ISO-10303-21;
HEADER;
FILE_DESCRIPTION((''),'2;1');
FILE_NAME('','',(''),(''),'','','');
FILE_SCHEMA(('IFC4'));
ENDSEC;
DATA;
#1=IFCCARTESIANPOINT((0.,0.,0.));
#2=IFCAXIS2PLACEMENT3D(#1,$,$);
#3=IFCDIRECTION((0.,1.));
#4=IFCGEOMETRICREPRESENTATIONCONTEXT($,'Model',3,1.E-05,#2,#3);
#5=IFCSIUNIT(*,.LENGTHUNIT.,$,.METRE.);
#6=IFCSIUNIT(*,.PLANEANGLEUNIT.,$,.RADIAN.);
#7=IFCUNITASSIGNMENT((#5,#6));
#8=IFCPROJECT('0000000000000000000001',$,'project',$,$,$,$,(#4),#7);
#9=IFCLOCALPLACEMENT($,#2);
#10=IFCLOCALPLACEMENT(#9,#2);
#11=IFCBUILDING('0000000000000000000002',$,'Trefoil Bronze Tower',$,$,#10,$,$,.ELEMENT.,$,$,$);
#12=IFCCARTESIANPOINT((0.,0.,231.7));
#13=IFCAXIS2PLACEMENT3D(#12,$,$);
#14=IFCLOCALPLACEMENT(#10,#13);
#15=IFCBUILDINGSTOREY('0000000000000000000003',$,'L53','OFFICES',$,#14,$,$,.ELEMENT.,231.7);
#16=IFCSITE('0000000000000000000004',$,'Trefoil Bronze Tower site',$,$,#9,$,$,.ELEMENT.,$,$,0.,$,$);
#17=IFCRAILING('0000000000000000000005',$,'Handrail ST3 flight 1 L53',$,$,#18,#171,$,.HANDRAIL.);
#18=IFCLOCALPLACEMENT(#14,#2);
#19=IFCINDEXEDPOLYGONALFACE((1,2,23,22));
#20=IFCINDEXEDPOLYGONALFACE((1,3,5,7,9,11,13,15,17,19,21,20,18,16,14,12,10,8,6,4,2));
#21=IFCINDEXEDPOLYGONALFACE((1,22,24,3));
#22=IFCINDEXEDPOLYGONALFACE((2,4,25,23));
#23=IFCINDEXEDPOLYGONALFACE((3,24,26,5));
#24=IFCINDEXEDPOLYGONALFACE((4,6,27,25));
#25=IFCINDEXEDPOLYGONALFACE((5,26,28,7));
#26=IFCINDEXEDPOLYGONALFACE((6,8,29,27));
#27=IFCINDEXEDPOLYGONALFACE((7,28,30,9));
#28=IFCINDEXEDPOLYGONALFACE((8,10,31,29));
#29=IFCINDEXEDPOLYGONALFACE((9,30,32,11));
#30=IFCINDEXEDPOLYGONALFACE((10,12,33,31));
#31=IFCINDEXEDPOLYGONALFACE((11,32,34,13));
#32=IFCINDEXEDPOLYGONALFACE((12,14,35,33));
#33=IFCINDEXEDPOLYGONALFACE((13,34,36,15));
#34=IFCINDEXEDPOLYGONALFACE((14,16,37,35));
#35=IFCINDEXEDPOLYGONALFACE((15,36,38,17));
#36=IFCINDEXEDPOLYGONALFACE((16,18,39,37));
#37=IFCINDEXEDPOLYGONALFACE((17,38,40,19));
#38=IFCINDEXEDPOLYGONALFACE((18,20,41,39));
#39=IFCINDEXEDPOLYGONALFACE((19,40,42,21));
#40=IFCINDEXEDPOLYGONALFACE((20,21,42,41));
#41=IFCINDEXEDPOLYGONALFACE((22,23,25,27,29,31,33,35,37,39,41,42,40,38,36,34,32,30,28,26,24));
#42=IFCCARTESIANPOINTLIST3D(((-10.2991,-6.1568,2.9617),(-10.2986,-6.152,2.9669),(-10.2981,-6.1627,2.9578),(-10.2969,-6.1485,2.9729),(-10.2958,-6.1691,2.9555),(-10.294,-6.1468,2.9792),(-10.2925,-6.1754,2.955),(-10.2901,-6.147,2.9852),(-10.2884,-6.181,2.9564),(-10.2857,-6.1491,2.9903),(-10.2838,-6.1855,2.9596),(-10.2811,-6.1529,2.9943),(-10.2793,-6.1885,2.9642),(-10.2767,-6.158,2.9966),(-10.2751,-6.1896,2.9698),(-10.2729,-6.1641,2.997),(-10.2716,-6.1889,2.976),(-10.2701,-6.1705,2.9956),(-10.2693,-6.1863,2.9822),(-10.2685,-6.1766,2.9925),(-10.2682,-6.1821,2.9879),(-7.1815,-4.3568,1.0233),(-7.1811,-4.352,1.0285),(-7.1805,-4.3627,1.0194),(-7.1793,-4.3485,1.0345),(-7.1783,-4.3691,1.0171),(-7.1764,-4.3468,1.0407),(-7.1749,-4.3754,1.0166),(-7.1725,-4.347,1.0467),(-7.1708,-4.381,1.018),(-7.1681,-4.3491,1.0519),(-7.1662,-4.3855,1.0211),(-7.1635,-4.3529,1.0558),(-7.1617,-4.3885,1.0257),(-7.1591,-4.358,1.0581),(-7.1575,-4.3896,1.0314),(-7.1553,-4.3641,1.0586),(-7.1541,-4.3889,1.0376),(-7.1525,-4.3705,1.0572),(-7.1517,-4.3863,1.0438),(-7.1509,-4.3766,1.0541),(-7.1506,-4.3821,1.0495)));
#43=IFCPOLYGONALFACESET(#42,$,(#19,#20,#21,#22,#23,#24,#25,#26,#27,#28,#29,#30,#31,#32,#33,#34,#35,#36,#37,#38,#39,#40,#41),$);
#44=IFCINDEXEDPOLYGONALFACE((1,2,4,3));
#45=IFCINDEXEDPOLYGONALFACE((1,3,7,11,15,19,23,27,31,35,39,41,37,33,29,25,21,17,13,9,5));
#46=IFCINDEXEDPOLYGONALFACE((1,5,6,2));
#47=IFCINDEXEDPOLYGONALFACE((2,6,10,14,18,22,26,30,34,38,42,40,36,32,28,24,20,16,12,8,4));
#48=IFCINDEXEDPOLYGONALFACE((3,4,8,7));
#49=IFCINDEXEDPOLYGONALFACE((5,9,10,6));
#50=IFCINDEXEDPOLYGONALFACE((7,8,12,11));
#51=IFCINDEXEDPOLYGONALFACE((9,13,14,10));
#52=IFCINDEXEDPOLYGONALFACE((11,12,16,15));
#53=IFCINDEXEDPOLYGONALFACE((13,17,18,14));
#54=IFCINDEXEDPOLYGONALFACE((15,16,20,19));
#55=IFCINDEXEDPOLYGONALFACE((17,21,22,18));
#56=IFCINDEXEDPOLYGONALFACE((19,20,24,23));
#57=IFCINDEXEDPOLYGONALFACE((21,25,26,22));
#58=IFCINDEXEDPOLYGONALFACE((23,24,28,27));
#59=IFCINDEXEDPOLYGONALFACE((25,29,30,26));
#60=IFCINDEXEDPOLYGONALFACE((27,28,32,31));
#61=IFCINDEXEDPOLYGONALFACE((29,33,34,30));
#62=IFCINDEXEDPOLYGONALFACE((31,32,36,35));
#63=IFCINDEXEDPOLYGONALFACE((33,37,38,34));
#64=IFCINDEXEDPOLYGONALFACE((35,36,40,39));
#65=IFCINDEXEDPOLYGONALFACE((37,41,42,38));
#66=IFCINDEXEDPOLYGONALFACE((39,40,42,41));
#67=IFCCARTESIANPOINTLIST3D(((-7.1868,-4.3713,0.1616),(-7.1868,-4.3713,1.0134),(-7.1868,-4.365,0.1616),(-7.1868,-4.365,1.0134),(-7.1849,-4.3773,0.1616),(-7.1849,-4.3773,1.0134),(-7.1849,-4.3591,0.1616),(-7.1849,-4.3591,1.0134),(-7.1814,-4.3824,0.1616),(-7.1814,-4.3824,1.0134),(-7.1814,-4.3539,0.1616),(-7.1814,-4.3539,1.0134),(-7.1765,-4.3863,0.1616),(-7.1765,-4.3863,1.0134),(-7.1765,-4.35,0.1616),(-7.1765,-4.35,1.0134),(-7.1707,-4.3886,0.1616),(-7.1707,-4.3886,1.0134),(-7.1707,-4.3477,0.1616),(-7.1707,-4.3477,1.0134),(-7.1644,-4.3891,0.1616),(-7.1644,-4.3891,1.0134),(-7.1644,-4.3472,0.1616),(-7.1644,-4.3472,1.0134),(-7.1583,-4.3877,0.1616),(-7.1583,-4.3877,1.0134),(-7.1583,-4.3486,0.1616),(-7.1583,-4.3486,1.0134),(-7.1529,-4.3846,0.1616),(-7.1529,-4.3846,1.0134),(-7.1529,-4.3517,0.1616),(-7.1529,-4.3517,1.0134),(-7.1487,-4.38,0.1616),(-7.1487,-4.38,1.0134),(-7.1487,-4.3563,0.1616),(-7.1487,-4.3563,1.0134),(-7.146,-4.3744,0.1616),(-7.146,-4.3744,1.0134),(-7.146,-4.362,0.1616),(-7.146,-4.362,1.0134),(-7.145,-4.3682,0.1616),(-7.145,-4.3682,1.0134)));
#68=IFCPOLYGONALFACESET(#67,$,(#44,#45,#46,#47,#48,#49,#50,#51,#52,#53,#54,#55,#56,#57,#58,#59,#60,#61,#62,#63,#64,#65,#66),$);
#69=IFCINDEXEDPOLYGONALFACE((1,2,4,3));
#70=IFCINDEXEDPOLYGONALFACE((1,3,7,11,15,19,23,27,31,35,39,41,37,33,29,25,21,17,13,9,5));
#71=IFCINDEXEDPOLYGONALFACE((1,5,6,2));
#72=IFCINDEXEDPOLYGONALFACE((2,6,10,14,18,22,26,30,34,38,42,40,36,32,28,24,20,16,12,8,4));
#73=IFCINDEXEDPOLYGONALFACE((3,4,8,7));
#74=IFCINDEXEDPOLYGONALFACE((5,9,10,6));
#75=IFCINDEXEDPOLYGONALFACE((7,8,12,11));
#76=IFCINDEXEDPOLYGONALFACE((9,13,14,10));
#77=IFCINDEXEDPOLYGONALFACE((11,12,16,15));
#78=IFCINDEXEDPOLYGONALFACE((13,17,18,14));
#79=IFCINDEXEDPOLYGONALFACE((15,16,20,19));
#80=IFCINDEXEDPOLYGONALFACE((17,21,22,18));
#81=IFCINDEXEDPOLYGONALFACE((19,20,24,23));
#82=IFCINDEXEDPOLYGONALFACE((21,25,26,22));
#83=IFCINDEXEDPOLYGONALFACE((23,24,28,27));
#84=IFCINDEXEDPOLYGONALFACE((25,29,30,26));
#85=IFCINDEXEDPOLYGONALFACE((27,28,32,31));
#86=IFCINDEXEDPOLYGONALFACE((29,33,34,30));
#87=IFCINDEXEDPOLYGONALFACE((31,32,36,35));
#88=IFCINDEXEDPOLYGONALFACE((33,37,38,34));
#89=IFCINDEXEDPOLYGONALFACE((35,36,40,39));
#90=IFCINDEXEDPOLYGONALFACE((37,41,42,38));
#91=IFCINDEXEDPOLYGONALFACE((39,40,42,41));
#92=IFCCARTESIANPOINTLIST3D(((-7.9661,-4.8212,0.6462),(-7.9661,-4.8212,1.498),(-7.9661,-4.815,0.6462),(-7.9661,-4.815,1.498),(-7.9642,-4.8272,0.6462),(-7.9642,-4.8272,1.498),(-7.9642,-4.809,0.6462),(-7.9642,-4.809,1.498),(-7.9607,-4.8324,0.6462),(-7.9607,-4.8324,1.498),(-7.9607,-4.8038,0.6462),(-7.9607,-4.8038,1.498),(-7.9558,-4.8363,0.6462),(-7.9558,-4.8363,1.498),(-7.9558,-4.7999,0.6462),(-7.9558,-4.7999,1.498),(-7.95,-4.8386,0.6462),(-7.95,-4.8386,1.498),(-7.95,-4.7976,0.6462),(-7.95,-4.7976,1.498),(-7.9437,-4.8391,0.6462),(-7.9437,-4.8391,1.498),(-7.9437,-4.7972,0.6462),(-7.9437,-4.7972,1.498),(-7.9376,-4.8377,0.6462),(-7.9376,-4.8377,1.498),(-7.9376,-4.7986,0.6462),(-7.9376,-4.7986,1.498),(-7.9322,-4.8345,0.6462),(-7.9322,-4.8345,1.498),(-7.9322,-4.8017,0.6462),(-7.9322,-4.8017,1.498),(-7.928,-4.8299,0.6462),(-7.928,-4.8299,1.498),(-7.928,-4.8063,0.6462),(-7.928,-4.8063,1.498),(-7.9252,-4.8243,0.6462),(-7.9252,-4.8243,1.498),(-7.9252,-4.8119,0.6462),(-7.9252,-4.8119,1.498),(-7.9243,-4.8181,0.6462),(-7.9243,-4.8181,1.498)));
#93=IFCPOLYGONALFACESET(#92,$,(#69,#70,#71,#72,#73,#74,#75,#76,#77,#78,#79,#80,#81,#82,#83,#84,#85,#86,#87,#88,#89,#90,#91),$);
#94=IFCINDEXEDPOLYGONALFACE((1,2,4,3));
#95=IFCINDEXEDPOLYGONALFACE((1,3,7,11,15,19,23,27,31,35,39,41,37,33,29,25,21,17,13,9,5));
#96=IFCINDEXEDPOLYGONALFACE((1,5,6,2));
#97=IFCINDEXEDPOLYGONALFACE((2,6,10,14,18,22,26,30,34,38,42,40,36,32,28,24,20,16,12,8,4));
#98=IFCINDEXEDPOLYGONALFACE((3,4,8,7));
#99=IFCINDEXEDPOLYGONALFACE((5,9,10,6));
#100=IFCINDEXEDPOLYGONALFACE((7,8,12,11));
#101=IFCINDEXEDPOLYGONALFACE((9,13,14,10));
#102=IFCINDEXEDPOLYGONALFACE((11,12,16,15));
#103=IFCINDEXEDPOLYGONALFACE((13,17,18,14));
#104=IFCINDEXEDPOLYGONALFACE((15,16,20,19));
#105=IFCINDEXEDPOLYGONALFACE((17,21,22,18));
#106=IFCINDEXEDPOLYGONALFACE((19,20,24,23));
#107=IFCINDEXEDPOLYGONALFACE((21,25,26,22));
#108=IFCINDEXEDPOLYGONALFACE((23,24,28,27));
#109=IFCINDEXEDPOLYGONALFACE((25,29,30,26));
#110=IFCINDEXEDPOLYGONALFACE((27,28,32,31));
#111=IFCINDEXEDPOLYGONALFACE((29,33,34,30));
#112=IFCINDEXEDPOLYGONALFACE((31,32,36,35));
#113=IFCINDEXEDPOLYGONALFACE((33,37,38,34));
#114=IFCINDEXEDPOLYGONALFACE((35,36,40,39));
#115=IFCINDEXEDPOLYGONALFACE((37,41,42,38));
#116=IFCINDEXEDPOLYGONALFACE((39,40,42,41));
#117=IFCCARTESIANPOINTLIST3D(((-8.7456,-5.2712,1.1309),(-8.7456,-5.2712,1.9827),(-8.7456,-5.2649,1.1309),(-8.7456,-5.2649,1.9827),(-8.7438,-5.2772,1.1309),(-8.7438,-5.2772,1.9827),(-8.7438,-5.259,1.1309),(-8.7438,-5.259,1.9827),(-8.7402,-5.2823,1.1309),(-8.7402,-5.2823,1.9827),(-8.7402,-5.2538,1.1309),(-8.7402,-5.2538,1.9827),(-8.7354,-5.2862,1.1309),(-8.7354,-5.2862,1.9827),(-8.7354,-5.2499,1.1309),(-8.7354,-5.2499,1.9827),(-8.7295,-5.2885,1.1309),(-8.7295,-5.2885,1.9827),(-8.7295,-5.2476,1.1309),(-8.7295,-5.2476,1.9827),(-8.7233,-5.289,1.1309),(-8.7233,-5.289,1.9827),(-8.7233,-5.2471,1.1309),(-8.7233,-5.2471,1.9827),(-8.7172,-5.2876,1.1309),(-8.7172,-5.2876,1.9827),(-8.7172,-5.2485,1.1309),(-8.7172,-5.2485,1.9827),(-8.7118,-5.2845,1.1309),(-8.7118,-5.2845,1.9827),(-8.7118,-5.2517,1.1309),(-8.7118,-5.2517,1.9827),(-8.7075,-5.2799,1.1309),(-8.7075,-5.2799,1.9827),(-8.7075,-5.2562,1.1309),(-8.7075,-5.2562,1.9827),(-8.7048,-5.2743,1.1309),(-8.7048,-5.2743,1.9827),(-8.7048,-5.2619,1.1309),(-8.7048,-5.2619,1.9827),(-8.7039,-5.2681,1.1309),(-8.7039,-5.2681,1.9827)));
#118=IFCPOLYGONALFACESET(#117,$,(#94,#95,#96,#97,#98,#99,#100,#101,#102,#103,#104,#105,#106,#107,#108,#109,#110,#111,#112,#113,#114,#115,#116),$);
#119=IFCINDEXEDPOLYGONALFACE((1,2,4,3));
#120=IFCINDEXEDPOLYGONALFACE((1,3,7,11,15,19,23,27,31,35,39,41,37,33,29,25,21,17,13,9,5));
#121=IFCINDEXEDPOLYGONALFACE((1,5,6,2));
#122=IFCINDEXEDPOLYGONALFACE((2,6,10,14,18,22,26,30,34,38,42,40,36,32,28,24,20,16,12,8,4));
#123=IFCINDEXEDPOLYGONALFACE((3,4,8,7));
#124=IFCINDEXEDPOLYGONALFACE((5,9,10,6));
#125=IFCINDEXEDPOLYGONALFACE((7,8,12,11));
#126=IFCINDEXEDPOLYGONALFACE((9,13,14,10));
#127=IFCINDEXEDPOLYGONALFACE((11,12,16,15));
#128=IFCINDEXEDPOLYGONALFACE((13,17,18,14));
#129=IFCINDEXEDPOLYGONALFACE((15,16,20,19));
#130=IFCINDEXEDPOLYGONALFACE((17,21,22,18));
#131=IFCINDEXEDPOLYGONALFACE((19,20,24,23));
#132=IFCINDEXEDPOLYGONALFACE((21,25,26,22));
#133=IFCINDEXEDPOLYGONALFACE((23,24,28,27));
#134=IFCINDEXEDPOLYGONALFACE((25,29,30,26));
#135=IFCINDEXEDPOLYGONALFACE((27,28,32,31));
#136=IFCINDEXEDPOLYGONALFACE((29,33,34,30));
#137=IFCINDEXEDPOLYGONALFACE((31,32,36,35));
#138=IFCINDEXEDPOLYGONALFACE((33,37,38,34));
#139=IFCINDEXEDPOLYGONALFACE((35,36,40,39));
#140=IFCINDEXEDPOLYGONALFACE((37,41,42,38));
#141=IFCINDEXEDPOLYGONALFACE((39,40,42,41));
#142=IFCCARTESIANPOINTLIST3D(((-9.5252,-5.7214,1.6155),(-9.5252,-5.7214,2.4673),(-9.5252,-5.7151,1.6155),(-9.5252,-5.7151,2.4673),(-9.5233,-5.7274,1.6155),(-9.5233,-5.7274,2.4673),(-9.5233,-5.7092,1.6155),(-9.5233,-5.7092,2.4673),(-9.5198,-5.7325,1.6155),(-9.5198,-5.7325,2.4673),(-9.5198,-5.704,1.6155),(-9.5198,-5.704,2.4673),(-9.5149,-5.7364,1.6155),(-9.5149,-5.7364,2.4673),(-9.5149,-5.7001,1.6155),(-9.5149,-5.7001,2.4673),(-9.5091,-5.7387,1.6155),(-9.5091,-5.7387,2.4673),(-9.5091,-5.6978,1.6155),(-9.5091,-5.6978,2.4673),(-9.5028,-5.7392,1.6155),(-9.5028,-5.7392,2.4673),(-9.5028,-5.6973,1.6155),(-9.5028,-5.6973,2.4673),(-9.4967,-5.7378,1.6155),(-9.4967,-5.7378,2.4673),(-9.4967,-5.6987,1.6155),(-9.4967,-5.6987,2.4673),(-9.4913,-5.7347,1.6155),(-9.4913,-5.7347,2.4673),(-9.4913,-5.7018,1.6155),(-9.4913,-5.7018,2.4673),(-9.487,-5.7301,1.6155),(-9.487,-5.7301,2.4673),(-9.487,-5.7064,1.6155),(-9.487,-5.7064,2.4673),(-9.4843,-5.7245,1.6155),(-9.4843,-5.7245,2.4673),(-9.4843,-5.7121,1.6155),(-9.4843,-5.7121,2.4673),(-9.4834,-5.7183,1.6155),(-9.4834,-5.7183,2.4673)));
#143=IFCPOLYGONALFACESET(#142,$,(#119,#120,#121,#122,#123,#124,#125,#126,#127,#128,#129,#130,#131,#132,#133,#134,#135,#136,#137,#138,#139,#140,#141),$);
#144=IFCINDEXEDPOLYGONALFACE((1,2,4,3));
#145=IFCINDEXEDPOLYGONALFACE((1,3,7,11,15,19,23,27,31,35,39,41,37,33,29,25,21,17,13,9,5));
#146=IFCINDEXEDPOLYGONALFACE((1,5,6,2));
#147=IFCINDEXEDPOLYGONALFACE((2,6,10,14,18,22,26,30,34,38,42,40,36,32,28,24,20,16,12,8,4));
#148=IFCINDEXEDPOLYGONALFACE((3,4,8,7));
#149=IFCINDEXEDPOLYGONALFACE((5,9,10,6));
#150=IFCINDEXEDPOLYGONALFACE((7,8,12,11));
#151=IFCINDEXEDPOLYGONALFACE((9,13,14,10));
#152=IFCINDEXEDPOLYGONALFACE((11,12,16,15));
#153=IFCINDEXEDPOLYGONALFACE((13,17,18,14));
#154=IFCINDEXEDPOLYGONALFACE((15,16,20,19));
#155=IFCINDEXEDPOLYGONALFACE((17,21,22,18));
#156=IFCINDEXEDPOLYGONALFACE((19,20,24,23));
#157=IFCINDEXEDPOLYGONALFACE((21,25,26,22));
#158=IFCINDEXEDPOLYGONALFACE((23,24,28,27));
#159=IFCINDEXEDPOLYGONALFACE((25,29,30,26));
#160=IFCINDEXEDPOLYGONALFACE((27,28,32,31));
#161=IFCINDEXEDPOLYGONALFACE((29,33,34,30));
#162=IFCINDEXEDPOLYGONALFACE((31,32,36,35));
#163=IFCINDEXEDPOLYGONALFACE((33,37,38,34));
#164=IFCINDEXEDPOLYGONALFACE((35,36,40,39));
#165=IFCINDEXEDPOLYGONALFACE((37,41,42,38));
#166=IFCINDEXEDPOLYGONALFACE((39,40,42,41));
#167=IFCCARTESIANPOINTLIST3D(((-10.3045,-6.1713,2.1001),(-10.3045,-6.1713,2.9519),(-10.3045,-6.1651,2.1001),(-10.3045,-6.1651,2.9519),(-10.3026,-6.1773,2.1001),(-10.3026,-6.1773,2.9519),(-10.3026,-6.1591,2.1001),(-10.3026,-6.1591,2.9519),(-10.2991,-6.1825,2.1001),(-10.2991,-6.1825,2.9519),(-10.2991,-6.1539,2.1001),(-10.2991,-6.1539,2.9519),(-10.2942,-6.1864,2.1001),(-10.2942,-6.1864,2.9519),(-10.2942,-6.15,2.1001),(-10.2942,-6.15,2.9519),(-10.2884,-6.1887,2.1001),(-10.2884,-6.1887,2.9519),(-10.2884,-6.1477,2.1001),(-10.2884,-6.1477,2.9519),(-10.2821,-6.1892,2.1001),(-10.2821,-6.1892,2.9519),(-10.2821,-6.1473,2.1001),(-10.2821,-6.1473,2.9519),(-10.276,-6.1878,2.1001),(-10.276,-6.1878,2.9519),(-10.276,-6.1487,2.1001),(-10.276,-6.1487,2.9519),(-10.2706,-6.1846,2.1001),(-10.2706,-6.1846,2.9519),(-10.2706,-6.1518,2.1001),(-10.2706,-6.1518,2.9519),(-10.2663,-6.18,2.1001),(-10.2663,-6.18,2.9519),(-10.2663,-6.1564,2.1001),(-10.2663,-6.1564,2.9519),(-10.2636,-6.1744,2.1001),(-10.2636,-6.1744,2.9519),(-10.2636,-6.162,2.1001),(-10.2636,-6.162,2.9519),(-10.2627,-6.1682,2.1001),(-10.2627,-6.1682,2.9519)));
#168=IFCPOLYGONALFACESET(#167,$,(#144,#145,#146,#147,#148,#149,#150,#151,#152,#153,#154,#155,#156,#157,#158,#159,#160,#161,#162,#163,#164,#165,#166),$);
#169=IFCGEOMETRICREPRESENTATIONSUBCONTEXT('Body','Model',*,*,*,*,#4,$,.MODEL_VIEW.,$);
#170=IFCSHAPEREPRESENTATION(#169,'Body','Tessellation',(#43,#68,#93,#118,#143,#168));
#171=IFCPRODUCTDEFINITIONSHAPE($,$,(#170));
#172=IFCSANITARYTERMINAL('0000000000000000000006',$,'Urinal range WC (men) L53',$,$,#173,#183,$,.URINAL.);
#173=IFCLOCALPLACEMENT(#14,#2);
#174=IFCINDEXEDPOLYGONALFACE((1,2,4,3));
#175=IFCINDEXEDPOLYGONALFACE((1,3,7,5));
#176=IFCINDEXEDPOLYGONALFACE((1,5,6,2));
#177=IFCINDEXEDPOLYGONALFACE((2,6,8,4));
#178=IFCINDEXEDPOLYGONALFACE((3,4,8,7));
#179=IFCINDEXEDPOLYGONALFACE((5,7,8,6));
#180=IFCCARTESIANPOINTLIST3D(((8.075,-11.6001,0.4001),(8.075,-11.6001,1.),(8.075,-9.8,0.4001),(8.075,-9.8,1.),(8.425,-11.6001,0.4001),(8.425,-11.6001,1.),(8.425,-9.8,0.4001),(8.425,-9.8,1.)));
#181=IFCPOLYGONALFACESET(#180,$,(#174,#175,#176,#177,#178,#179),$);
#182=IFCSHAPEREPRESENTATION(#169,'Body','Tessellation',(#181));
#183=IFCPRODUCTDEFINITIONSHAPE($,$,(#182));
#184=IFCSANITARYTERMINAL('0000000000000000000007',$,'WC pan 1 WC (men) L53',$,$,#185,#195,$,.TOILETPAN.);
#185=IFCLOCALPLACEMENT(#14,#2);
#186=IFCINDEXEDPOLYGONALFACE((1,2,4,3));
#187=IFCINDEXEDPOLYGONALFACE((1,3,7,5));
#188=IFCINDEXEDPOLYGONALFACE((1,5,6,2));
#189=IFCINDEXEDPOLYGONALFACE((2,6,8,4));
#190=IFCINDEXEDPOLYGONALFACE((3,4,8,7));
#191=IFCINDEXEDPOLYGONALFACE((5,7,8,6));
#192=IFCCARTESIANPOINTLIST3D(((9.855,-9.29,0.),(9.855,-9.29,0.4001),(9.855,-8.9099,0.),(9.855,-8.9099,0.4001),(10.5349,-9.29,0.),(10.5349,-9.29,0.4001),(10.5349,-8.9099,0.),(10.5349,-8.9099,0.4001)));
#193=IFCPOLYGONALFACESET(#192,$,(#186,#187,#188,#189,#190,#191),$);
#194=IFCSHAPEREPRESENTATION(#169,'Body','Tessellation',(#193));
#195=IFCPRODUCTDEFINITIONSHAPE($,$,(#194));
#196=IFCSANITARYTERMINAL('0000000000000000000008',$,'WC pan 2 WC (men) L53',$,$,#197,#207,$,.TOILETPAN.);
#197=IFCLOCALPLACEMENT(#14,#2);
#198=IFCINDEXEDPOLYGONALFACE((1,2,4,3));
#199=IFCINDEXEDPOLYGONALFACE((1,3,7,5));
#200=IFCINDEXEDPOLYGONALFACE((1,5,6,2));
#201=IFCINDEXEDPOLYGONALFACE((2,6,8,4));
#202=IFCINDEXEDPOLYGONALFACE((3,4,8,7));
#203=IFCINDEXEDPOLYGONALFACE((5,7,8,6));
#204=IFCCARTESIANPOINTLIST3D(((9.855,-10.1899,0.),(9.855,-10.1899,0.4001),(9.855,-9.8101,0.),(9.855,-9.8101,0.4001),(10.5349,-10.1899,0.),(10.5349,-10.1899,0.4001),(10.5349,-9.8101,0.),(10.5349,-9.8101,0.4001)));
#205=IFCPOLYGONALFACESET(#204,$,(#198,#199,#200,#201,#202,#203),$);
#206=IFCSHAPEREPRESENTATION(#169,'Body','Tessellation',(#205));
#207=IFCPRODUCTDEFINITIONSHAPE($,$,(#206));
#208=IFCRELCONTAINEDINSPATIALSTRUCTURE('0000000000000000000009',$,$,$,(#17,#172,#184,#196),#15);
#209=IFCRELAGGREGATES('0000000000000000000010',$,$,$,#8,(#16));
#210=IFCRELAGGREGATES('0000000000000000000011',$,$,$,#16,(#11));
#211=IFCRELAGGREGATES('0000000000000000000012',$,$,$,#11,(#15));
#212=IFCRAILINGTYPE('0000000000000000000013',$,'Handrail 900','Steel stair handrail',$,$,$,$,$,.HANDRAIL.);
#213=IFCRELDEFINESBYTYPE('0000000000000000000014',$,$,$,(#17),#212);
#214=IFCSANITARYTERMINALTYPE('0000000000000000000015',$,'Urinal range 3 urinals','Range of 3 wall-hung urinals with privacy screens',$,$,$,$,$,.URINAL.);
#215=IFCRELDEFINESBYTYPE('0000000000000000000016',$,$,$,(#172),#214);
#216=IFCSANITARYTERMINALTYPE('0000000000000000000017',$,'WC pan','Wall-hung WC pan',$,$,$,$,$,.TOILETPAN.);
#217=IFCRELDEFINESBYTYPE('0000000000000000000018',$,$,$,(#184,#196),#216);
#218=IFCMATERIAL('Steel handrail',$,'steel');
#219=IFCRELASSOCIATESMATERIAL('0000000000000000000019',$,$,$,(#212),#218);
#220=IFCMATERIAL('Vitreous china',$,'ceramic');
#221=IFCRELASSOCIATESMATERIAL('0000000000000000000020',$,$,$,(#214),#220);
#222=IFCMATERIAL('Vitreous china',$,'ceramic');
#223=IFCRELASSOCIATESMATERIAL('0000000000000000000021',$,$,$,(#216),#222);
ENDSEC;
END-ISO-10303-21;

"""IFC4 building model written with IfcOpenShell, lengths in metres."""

from ifc_helpers import new_model, si_unit, direction, frame, origin, origin_2d, place, context, subcontext, project, spatial, polyline, circle, outline, extrude, material, type_object, element, save


model = new_model("IFC4")

# Units and contexts
model_context = context("Model", 3, precision=1e-05, world=origin(), true_north=direction((0.0, 1.0)))
body_context = subcontext(model_context, "Body", "Model", "MODEL_VIEW")
ifc_project = project(units=[si_unit("LENGTHUNIT", "METRE"), si_unit("PLANEANGLEUNIT", "RADIAN")], contexts=[model_context])

# Site, building, storey
site_placement = place(None, origin())
site = spatial("IfcSite", under=ifc_project, at=site_placement, Name="Trefoil Bronze Tower site", CompositionType="ELEMENT", RefElevation=0.0)
building_placement = place(site_placement, origin())
building = spatial("IfcBuilding", under=site, at=building_placement, Name="Trefoil Bronze Tower", CompositionType="ELEMENT")
storey_placement = place(building_placement, frame((0.0, 0.0, 231.7)))
storey = spatial("IfcBuildingStorey", under=building, at=storey_placement, Name="L53", Description="OFFICES", CompositionType="ELEMENT", Elevation=231.7)

# Railing
ifc_material_1 = material(Name="Steel handrail", Category="steel")
railing_type = type_object("IfcRailingType", Name="Handrail 900", Description="Steel stair handrail", PredefinedType="HANDRAIL", material=ifc_material_1)
railing_placement = place(storey_placement, frame((-7.166, -4.3682, 0.1616)))
element("IfcRailing", 1, at=railing_placement, inside=storey, type_object=railing_type, Name="Handrail ST3 flight 1 L53", PredefinedType="HANDRAIL", context=body_context, shape_type="SweptSolid", body=[
    extrude(circle(Radius=0.0239, at=origin_2d()), frame((0.0, 0.0, 0.876), z_axis=(-0.762503, -0.440246, 0.474102), x_axis=(0.500012, -0.866018, 0.0)), (0.0, 0.0, 1.0), 4.0886),
    extrude(circle(Radius=0.021, at=origin_2d()), origin(), (0.0, 0.0, 1.0), 0.8518),
    extrude(circle(Radius=0.021, at=origin_2d()), frame((-0.7793, -0.45, 0.4846)), (0.0, 0.0, 1.0), 0.8518),
    extrude(circle(Radius=0.021, at=origin_2d()), frame((-1.5588, -0.8999, 0.9692)), (0.0, 0.0, 1.0), 0.8518),
    extrude(circle(Radius=0.021, at=origin_2d()), frame((-2.3384, -1.3501, 1.4539)), (0.0, 0.0, 1.0), 0.8518),
    extrude(circle(Radius=0.021, at=origin_2d()), frame((-3.1177, -1.8, 1.9385)), (0.0, 0.0, 1.0), 0.8518),
])

# Sanitary terminals
ifc_material_2 = material(Name="Vitreous china", Category="ceramic")
sanitary_terminal_type_1 = type_object("IfcSanitaryTerminalType", Name="Urinal range 3 urinals", Description="Range of 3 wall-hung urinals with privacy screens", PredefinedType="URINAL", material=ifc_material_2)
sanitary_terminal_1_placement = place(storey_placement, frame((0.0, 0.0, 0.4001)))
element("IfcSanitaryTerminal", 2, at=sanitary_terminal_1_placement, inside=storey, type_object=sanitary_terminal_type_1, Name="Urinal range WC (men) L53", PredefinedType="URINAL", context=body_context, shape_type="SweptSolid", body=[
    extrude(outline(polyline([(8.075, -9.8), (8.425, -9.8), (8.425, -11.6001), (8.075, -11.6001), (8.075, -9.8)])), origin(), (0.0, 0.0, 1.0), 0.5999),
])
ifc_material_3 = material(Name="Vitreous china", Category="ceramic")
sanitary_terminal_type_2 = type_object("IfcSanitaryTerminalType", Name="WC pan", Description="Wall-hung WC pan", PredefinedType="TOILETPAN", material=ifc_material_3)
sanitary_terminal_2_placement = place(storey_placement, origin())
element("IfcSanitaryTerminal", 3, at=sanitary_terminal_2_placement, inside=storey, type_object=sanitary_terminal_type_2, Name="WC pan 1 WC (men) L53", PredefinedType="TOILETPAN", context=body_context, shape_type="SweptSolid", body=[
    extrude(outline(polyline([(9.855, -8.9099), (10.5349, -8.9099), (10.5349, -9.29), (9.855, -9.29), (9.855, -8.9099)])), origin(), (0.0, 0.0, 1.0), 0.4001),
])
sanitary_terminal_3_placement = place(storey_placement, origin())
element("IfcSanitaryTerminal", 4, at=sanitary_terminal_3_placement, inside=storey, type_object=sanitary_terminal_type_2, Name="WC pan 2 WC (men) L53", PredefinedType="TOILETPAN", context=body_context, shape_type="SweptSolid", body=[
    extrude(outline(polyline([(9.855, -9.8101), (10.5349, -9.8101), (10.5349, -10.1899), (9.855, -10.1899), (9.855, -9.8101)])), origin(), (0.0, 0.0, 1.0), 0.4001),
])

save(model, "model.ifc")
